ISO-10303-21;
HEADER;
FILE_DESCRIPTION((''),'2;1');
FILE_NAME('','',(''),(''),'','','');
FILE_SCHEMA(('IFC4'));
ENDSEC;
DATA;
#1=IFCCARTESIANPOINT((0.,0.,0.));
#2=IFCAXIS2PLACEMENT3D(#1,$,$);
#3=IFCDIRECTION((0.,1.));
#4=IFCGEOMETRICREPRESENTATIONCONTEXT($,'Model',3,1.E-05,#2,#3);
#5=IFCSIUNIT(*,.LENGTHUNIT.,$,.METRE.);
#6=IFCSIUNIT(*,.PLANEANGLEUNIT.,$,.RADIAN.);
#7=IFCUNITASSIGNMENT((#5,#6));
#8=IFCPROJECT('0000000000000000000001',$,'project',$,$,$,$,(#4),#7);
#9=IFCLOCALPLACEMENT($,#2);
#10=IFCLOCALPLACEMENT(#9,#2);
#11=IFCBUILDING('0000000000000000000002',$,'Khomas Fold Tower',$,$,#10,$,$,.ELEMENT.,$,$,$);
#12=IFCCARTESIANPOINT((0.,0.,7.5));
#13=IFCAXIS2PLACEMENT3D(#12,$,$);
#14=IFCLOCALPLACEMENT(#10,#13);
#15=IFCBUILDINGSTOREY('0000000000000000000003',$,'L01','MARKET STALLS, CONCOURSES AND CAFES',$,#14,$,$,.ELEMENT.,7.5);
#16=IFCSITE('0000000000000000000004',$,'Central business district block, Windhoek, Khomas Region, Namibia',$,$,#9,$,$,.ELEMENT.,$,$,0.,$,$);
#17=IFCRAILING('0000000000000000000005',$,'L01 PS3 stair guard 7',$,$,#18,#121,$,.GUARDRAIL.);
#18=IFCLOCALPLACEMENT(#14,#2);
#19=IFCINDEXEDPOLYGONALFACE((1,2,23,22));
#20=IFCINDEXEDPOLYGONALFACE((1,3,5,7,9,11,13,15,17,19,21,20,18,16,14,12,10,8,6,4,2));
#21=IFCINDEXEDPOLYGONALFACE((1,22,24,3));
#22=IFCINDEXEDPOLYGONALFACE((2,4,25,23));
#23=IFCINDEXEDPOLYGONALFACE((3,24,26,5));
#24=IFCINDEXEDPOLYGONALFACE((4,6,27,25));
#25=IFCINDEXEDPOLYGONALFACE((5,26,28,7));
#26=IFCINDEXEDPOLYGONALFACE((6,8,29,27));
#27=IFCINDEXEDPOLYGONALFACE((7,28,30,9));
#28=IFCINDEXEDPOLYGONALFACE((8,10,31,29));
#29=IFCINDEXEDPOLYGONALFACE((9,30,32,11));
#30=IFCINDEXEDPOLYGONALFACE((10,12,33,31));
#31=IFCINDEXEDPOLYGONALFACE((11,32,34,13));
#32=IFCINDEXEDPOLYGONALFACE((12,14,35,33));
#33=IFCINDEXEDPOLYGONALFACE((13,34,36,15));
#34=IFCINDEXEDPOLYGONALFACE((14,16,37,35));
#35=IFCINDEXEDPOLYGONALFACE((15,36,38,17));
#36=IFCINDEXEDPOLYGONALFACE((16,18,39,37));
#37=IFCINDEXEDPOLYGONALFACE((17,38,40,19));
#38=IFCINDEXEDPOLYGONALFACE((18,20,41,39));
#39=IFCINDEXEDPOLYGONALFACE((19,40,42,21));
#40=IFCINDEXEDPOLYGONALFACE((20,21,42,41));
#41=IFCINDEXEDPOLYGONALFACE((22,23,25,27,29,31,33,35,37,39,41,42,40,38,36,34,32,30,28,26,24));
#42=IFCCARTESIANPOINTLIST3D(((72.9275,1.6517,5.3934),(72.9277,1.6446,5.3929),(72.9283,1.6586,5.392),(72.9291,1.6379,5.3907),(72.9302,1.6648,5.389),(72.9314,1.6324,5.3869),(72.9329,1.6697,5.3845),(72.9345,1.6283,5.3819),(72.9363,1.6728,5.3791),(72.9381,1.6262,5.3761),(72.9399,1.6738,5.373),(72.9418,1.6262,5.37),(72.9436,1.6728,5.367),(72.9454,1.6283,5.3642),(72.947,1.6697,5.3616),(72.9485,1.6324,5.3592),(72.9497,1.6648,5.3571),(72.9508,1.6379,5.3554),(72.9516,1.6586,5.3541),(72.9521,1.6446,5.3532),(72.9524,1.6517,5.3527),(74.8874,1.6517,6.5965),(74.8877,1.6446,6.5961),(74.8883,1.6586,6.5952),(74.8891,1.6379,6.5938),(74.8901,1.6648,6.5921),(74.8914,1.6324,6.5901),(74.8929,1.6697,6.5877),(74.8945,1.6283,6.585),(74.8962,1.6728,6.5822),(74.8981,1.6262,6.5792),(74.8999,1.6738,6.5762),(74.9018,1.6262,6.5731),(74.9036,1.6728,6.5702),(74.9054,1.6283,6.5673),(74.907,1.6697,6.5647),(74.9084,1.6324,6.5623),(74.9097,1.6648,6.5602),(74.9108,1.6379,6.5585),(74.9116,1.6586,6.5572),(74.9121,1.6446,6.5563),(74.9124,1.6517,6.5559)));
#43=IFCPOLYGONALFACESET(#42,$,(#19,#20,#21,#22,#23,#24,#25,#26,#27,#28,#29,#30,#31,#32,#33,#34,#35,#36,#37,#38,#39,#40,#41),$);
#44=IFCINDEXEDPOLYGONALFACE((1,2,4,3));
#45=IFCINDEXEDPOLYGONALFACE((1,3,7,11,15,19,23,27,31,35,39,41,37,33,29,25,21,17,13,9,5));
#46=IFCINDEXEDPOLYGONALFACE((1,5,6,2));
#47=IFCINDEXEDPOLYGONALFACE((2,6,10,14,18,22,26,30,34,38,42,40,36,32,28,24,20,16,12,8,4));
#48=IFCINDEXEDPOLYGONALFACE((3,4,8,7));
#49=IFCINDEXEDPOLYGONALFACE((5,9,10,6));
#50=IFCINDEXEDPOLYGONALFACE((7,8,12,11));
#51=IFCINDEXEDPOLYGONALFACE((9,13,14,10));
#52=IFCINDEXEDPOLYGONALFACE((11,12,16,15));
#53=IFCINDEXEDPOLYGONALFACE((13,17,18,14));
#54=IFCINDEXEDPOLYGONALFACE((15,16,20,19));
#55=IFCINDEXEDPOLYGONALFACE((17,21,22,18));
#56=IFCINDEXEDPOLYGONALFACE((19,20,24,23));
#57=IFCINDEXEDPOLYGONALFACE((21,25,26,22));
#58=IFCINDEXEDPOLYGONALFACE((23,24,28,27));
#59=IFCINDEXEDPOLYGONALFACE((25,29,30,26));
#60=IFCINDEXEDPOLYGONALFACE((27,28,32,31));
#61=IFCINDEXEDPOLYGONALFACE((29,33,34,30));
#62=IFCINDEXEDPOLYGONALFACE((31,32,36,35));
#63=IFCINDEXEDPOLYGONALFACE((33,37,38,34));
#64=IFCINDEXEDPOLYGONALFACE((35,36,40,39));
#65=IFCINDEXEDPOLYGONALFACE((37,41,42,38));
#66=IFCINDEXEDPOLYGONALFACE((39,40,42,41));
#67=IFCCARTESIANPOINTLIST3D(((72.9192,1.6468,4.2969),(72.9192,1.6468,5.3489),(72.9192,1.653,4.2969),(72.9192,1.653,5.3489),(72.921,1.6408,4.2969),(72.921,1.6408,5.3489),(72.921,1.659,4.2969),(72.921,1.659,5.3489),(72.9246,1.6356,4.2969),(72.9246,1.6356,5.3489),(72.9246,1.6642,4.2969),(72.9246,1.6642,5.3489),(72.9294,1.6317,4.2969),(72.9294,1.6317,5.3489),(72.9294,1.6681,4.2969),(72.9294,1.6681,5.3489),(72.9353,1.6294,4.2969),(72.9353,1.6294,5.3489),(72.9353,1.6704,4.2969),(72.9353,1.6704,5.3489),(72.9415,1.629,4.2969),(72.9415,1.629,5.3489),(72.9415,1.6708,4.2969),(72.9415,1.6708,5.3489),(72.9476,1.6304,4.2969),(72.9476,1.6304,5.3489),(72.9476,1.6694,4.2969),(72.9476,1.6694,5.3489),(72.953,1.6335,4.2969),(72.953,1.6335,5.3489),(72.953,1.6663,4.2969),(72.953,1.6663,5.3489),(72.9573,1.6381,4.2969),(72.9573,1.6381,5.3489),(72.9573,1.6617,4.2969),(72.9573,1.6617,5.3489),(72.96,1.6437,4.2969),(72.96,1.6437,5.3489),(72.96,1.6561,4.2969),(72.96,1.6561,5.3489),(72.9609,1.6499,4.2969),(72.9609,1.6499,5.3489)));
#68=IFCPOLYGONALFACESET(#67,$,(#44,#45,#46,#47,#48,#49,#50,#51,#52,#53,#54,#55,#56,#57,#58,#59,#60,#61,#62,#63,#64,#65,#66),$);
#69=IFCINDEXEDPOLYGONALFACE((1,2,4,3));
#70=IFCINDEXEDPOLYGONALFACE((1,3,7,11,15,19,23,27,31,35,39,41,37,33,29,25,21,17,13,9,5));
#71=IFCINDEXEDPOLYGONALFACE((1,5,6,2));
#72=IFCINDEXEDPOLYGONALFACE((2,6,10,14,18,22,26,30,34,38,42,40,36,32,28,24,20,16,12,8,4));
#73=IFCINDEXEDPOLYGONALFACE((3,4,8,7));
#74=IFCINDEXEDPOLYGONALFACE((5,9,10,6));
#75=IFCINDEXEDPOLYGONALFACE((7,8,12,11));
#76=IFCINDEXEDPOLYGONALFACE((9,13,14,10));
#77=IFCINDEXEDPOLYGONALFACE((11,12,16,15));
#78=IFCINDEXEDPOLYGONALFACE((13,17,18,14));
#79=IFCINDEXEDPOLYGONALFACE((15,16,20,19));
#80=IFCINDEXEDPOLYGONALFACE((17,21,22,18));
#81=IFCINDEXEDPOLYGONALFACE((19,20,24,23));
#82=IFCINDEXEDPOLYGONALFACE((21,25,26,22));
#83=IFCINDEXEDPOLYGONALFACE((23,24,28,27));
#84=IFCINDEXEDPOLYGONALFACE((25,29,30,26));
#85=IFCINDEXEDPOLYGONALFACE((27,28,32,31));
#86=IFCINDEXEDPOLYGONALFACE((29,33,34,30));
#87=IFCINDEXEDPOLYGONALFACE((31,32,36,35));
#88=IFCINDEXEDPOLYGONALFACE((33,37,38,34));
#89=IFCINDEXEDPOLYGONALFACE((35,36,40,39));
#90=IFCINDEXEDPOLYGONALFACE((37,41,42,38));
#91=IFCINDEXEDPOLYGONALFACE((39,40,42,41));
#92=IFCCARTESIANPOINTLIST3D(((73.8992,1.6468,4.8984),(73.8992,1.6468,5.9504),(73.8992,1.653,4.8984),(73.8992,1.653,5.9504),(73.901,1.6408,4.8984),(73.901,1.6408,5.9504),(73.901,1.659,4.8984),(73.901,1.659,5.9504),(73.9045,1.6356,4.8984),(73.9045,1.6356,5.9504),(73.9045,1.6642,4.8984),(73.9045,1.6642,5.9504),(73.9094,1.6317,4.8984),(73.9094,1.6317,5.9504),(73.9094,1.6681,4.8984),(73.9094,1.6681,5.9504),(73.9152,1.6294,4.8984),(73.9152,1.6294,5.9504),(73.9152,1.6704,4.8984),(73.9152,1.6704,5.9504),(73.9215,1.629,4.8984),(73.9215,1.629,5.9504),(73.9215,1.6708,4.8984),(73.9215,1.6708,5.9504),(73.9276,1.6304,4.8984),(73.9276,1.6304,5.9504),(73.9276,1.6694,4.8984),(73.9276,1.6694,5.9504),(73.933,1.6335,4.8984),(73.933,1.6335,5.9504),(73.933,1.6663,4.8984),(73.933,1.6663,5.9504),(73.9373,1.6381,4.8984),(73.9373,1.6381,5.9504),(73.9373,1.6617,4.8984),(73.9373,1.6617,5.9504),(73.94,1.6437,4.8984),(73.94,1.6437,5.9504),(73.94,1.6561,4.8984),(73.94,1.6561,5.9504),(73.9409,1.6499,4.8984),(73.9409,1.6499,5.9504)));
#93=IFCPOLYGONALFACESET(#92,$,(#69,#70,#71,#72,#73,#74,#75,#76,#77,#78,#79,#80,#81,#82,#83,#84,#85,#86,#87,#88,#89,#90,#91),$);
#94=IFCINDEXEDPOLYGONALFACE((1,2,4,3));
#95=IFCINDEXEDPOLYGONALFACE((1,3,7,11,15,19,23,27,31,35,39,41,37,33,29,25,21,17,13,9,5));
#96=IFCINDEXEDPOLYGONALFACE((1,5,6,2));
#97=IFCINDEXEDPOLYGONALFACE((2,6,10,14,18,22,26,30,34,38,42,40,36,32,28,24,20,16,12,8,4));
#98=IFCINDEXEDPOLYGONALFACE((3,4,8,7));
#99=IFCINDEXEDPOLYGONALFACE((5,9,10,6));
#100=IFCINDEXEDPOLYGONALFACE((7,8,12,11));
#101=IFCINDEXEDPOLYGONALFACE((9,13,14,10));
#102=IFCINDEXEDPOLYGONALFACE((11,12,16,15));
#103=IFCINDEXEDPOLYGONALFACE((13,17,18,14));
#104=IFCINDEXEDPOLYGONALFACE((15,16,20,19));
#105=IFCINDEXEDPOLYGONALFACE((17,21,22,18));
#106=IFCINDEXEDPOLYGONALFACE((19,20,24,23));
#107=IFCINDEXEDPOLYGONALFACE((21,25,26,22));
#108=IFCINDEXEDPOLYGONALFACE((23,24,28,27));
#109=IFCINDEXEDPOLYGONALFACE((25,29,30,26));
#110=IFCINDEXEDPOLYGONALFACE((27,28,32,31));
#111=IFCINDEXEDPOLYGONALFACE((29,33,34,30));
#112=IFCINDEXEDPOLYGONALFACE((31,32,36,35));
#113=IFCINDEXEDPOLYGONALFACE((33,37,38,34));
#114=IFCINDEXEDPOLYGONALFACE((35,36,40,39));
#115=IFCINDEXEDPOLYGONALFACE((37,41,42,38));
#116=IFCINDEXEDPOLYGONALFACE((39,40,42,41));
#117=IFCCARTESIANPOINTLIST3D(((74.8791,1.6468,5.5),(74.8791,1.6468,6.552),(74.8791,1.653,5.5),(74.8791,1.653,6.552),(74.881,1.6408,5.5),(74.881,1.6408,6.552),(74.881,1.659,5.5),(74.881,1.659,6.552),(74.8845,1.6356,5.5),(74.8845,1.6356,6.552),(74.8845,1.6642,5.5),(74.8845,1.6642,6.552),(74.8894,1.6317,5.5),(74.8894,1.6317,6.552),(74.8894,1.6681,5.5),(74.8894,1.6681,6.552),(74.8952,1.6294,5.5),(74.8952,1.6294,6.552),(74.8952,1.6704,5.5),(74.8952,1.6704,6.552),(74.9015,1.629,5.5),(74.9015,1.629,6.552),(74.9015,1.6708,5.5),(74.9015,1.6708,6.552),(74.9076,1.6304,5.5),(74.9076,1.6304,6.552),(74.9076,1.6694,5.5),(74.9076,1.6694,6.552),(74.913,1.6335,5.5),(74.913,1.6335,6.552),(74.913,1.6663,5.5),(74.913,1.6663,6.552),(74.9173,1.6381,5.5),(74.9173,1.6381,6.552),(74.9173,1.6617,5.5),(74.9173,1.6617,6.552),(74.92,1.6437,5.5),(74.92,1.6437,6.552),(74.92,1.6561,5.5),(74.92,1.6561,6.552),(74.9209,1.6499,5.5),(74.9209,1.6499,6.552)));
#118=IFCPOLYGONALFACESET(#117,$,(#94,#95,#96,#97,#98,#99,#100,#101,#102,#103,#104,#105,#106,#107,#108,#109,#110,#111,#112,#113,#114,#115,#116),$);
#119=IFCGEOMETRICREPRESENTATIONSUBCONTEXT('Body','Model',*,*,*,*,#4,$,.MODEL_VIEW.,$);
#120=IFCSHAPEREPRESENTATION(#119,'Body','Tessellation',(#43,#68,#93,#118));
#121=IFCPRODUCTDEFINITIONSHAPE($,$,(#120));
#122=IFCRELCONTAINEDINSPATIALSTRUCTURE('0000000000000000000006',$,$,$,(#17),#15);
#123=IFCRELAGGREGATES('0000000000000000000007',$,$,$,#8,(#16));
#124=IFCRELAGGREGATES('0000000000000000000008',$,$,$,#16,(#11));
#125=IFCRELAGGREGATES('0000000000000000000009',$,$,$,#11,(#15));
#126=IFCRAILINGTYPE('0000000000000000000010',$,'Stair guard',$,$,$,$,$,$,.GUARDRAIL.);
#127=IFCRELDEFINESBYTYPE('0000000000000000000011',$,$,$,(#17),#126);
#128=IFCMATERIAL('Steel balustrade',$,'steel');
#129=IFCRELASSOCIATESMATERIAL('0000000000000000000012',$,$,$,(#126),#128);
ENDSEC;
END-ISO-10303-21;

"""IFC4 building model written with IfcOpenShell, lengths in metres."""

from ifc_helpers import new_model, si_unit, direction, frame, origin, origin_2d, place, context, subcontext, project, spatial, circle, extrude, source, transform, mapped, material, type_object, element, save


model = new_model("IFC4")

# Units and contexts
model_context = context("Model", 3, precision=1e-05, world=origin(), true_north=direction((0.0, 1.0)))
body_context = subcontext(model_context, "Body", "Model", "MODEL_VIEW")
ifc_project = project(units=[si_unit("LENGTHUNIT", "METRE"), si_unit("PLANEANGLEUNIT", "RADIAN")], contexts=[model_context])

# Site, building, storey
site_placement = place(None, origin())
site = spatial("IfcSite", under=ifc_project, at=site_placement, Name="Central business district block, Windhoek, Khomas Region, Namibia", CompositionType="ELEMENT", RefElevation=0.0)
building_placement = place(site_placement, origin())
building = spatial("IfcBuilding", under=site, at=building_placement, Name="Khomas Fold Tower", CompositionType="ELEMENT")
storey_placement = place(building_placement, frame((0.0, 0.0, 7.5)))
storey = spatial("IfcBuildingStorey", under=building, at=storey_placement, Name="L01", Description="MARKET STALLS, CONCOURSES AND CAFES", CompositionType="ELEMENT", Elevation=7.5)

# Railing
ifc_material_1 = material(Name="Steel balustrade", Category="steel")
railing_type_1 = type_object("IfcRailingType", Name="Stair guard", PredefinedType="GUARDRAIL", material=ifc_material_1)
shared_shape_1 = source(origin(), body_context, "Body", "SweptSolid", [
    extrude(circle(Radius=0.0239, at=origin_2d()), frame((0.0, 0.0, 1.0762), z_axis=(0.852241, 0.0, 0.523149), x_axis=(0.0, 1.0, 0.0)), (0.0, 0.0, 1.0), 2.2998),
    extrude(circle(Radius=0.021, at=origin_2d()), origin(), (0.0, 0.0, 1.0), 1.052),
    extrude(circle(Radius=0.021, at=origin_2d()), frame((0.98, 0.0, 0.6016)), (0.0, 0.0, 1.0), 1.052),
    extrude(circle(Radius=0.021, at=origin_2d()), frame((1.96, 0.0, 1.2031)), (0.0, 0.0, 1.0), 1.052),
])
for number, where, name in (
    (1, (72.9399, 1.6499, 4.2969), "L01 PS3 stair guard 7"),
):
    element("IfcRailing", number, at=place(storey_placement, frame(where)), inside=storey, type_object=railing_type_1, Name=name, PredefinedType="GUARDRAIL", context=body_context, shape_type="MappedRepresentation", body=[
        mapped(shared_shape_1, transform((0.0, 0.0, 0.0))),
    ])

save(model, "model.ifc")
